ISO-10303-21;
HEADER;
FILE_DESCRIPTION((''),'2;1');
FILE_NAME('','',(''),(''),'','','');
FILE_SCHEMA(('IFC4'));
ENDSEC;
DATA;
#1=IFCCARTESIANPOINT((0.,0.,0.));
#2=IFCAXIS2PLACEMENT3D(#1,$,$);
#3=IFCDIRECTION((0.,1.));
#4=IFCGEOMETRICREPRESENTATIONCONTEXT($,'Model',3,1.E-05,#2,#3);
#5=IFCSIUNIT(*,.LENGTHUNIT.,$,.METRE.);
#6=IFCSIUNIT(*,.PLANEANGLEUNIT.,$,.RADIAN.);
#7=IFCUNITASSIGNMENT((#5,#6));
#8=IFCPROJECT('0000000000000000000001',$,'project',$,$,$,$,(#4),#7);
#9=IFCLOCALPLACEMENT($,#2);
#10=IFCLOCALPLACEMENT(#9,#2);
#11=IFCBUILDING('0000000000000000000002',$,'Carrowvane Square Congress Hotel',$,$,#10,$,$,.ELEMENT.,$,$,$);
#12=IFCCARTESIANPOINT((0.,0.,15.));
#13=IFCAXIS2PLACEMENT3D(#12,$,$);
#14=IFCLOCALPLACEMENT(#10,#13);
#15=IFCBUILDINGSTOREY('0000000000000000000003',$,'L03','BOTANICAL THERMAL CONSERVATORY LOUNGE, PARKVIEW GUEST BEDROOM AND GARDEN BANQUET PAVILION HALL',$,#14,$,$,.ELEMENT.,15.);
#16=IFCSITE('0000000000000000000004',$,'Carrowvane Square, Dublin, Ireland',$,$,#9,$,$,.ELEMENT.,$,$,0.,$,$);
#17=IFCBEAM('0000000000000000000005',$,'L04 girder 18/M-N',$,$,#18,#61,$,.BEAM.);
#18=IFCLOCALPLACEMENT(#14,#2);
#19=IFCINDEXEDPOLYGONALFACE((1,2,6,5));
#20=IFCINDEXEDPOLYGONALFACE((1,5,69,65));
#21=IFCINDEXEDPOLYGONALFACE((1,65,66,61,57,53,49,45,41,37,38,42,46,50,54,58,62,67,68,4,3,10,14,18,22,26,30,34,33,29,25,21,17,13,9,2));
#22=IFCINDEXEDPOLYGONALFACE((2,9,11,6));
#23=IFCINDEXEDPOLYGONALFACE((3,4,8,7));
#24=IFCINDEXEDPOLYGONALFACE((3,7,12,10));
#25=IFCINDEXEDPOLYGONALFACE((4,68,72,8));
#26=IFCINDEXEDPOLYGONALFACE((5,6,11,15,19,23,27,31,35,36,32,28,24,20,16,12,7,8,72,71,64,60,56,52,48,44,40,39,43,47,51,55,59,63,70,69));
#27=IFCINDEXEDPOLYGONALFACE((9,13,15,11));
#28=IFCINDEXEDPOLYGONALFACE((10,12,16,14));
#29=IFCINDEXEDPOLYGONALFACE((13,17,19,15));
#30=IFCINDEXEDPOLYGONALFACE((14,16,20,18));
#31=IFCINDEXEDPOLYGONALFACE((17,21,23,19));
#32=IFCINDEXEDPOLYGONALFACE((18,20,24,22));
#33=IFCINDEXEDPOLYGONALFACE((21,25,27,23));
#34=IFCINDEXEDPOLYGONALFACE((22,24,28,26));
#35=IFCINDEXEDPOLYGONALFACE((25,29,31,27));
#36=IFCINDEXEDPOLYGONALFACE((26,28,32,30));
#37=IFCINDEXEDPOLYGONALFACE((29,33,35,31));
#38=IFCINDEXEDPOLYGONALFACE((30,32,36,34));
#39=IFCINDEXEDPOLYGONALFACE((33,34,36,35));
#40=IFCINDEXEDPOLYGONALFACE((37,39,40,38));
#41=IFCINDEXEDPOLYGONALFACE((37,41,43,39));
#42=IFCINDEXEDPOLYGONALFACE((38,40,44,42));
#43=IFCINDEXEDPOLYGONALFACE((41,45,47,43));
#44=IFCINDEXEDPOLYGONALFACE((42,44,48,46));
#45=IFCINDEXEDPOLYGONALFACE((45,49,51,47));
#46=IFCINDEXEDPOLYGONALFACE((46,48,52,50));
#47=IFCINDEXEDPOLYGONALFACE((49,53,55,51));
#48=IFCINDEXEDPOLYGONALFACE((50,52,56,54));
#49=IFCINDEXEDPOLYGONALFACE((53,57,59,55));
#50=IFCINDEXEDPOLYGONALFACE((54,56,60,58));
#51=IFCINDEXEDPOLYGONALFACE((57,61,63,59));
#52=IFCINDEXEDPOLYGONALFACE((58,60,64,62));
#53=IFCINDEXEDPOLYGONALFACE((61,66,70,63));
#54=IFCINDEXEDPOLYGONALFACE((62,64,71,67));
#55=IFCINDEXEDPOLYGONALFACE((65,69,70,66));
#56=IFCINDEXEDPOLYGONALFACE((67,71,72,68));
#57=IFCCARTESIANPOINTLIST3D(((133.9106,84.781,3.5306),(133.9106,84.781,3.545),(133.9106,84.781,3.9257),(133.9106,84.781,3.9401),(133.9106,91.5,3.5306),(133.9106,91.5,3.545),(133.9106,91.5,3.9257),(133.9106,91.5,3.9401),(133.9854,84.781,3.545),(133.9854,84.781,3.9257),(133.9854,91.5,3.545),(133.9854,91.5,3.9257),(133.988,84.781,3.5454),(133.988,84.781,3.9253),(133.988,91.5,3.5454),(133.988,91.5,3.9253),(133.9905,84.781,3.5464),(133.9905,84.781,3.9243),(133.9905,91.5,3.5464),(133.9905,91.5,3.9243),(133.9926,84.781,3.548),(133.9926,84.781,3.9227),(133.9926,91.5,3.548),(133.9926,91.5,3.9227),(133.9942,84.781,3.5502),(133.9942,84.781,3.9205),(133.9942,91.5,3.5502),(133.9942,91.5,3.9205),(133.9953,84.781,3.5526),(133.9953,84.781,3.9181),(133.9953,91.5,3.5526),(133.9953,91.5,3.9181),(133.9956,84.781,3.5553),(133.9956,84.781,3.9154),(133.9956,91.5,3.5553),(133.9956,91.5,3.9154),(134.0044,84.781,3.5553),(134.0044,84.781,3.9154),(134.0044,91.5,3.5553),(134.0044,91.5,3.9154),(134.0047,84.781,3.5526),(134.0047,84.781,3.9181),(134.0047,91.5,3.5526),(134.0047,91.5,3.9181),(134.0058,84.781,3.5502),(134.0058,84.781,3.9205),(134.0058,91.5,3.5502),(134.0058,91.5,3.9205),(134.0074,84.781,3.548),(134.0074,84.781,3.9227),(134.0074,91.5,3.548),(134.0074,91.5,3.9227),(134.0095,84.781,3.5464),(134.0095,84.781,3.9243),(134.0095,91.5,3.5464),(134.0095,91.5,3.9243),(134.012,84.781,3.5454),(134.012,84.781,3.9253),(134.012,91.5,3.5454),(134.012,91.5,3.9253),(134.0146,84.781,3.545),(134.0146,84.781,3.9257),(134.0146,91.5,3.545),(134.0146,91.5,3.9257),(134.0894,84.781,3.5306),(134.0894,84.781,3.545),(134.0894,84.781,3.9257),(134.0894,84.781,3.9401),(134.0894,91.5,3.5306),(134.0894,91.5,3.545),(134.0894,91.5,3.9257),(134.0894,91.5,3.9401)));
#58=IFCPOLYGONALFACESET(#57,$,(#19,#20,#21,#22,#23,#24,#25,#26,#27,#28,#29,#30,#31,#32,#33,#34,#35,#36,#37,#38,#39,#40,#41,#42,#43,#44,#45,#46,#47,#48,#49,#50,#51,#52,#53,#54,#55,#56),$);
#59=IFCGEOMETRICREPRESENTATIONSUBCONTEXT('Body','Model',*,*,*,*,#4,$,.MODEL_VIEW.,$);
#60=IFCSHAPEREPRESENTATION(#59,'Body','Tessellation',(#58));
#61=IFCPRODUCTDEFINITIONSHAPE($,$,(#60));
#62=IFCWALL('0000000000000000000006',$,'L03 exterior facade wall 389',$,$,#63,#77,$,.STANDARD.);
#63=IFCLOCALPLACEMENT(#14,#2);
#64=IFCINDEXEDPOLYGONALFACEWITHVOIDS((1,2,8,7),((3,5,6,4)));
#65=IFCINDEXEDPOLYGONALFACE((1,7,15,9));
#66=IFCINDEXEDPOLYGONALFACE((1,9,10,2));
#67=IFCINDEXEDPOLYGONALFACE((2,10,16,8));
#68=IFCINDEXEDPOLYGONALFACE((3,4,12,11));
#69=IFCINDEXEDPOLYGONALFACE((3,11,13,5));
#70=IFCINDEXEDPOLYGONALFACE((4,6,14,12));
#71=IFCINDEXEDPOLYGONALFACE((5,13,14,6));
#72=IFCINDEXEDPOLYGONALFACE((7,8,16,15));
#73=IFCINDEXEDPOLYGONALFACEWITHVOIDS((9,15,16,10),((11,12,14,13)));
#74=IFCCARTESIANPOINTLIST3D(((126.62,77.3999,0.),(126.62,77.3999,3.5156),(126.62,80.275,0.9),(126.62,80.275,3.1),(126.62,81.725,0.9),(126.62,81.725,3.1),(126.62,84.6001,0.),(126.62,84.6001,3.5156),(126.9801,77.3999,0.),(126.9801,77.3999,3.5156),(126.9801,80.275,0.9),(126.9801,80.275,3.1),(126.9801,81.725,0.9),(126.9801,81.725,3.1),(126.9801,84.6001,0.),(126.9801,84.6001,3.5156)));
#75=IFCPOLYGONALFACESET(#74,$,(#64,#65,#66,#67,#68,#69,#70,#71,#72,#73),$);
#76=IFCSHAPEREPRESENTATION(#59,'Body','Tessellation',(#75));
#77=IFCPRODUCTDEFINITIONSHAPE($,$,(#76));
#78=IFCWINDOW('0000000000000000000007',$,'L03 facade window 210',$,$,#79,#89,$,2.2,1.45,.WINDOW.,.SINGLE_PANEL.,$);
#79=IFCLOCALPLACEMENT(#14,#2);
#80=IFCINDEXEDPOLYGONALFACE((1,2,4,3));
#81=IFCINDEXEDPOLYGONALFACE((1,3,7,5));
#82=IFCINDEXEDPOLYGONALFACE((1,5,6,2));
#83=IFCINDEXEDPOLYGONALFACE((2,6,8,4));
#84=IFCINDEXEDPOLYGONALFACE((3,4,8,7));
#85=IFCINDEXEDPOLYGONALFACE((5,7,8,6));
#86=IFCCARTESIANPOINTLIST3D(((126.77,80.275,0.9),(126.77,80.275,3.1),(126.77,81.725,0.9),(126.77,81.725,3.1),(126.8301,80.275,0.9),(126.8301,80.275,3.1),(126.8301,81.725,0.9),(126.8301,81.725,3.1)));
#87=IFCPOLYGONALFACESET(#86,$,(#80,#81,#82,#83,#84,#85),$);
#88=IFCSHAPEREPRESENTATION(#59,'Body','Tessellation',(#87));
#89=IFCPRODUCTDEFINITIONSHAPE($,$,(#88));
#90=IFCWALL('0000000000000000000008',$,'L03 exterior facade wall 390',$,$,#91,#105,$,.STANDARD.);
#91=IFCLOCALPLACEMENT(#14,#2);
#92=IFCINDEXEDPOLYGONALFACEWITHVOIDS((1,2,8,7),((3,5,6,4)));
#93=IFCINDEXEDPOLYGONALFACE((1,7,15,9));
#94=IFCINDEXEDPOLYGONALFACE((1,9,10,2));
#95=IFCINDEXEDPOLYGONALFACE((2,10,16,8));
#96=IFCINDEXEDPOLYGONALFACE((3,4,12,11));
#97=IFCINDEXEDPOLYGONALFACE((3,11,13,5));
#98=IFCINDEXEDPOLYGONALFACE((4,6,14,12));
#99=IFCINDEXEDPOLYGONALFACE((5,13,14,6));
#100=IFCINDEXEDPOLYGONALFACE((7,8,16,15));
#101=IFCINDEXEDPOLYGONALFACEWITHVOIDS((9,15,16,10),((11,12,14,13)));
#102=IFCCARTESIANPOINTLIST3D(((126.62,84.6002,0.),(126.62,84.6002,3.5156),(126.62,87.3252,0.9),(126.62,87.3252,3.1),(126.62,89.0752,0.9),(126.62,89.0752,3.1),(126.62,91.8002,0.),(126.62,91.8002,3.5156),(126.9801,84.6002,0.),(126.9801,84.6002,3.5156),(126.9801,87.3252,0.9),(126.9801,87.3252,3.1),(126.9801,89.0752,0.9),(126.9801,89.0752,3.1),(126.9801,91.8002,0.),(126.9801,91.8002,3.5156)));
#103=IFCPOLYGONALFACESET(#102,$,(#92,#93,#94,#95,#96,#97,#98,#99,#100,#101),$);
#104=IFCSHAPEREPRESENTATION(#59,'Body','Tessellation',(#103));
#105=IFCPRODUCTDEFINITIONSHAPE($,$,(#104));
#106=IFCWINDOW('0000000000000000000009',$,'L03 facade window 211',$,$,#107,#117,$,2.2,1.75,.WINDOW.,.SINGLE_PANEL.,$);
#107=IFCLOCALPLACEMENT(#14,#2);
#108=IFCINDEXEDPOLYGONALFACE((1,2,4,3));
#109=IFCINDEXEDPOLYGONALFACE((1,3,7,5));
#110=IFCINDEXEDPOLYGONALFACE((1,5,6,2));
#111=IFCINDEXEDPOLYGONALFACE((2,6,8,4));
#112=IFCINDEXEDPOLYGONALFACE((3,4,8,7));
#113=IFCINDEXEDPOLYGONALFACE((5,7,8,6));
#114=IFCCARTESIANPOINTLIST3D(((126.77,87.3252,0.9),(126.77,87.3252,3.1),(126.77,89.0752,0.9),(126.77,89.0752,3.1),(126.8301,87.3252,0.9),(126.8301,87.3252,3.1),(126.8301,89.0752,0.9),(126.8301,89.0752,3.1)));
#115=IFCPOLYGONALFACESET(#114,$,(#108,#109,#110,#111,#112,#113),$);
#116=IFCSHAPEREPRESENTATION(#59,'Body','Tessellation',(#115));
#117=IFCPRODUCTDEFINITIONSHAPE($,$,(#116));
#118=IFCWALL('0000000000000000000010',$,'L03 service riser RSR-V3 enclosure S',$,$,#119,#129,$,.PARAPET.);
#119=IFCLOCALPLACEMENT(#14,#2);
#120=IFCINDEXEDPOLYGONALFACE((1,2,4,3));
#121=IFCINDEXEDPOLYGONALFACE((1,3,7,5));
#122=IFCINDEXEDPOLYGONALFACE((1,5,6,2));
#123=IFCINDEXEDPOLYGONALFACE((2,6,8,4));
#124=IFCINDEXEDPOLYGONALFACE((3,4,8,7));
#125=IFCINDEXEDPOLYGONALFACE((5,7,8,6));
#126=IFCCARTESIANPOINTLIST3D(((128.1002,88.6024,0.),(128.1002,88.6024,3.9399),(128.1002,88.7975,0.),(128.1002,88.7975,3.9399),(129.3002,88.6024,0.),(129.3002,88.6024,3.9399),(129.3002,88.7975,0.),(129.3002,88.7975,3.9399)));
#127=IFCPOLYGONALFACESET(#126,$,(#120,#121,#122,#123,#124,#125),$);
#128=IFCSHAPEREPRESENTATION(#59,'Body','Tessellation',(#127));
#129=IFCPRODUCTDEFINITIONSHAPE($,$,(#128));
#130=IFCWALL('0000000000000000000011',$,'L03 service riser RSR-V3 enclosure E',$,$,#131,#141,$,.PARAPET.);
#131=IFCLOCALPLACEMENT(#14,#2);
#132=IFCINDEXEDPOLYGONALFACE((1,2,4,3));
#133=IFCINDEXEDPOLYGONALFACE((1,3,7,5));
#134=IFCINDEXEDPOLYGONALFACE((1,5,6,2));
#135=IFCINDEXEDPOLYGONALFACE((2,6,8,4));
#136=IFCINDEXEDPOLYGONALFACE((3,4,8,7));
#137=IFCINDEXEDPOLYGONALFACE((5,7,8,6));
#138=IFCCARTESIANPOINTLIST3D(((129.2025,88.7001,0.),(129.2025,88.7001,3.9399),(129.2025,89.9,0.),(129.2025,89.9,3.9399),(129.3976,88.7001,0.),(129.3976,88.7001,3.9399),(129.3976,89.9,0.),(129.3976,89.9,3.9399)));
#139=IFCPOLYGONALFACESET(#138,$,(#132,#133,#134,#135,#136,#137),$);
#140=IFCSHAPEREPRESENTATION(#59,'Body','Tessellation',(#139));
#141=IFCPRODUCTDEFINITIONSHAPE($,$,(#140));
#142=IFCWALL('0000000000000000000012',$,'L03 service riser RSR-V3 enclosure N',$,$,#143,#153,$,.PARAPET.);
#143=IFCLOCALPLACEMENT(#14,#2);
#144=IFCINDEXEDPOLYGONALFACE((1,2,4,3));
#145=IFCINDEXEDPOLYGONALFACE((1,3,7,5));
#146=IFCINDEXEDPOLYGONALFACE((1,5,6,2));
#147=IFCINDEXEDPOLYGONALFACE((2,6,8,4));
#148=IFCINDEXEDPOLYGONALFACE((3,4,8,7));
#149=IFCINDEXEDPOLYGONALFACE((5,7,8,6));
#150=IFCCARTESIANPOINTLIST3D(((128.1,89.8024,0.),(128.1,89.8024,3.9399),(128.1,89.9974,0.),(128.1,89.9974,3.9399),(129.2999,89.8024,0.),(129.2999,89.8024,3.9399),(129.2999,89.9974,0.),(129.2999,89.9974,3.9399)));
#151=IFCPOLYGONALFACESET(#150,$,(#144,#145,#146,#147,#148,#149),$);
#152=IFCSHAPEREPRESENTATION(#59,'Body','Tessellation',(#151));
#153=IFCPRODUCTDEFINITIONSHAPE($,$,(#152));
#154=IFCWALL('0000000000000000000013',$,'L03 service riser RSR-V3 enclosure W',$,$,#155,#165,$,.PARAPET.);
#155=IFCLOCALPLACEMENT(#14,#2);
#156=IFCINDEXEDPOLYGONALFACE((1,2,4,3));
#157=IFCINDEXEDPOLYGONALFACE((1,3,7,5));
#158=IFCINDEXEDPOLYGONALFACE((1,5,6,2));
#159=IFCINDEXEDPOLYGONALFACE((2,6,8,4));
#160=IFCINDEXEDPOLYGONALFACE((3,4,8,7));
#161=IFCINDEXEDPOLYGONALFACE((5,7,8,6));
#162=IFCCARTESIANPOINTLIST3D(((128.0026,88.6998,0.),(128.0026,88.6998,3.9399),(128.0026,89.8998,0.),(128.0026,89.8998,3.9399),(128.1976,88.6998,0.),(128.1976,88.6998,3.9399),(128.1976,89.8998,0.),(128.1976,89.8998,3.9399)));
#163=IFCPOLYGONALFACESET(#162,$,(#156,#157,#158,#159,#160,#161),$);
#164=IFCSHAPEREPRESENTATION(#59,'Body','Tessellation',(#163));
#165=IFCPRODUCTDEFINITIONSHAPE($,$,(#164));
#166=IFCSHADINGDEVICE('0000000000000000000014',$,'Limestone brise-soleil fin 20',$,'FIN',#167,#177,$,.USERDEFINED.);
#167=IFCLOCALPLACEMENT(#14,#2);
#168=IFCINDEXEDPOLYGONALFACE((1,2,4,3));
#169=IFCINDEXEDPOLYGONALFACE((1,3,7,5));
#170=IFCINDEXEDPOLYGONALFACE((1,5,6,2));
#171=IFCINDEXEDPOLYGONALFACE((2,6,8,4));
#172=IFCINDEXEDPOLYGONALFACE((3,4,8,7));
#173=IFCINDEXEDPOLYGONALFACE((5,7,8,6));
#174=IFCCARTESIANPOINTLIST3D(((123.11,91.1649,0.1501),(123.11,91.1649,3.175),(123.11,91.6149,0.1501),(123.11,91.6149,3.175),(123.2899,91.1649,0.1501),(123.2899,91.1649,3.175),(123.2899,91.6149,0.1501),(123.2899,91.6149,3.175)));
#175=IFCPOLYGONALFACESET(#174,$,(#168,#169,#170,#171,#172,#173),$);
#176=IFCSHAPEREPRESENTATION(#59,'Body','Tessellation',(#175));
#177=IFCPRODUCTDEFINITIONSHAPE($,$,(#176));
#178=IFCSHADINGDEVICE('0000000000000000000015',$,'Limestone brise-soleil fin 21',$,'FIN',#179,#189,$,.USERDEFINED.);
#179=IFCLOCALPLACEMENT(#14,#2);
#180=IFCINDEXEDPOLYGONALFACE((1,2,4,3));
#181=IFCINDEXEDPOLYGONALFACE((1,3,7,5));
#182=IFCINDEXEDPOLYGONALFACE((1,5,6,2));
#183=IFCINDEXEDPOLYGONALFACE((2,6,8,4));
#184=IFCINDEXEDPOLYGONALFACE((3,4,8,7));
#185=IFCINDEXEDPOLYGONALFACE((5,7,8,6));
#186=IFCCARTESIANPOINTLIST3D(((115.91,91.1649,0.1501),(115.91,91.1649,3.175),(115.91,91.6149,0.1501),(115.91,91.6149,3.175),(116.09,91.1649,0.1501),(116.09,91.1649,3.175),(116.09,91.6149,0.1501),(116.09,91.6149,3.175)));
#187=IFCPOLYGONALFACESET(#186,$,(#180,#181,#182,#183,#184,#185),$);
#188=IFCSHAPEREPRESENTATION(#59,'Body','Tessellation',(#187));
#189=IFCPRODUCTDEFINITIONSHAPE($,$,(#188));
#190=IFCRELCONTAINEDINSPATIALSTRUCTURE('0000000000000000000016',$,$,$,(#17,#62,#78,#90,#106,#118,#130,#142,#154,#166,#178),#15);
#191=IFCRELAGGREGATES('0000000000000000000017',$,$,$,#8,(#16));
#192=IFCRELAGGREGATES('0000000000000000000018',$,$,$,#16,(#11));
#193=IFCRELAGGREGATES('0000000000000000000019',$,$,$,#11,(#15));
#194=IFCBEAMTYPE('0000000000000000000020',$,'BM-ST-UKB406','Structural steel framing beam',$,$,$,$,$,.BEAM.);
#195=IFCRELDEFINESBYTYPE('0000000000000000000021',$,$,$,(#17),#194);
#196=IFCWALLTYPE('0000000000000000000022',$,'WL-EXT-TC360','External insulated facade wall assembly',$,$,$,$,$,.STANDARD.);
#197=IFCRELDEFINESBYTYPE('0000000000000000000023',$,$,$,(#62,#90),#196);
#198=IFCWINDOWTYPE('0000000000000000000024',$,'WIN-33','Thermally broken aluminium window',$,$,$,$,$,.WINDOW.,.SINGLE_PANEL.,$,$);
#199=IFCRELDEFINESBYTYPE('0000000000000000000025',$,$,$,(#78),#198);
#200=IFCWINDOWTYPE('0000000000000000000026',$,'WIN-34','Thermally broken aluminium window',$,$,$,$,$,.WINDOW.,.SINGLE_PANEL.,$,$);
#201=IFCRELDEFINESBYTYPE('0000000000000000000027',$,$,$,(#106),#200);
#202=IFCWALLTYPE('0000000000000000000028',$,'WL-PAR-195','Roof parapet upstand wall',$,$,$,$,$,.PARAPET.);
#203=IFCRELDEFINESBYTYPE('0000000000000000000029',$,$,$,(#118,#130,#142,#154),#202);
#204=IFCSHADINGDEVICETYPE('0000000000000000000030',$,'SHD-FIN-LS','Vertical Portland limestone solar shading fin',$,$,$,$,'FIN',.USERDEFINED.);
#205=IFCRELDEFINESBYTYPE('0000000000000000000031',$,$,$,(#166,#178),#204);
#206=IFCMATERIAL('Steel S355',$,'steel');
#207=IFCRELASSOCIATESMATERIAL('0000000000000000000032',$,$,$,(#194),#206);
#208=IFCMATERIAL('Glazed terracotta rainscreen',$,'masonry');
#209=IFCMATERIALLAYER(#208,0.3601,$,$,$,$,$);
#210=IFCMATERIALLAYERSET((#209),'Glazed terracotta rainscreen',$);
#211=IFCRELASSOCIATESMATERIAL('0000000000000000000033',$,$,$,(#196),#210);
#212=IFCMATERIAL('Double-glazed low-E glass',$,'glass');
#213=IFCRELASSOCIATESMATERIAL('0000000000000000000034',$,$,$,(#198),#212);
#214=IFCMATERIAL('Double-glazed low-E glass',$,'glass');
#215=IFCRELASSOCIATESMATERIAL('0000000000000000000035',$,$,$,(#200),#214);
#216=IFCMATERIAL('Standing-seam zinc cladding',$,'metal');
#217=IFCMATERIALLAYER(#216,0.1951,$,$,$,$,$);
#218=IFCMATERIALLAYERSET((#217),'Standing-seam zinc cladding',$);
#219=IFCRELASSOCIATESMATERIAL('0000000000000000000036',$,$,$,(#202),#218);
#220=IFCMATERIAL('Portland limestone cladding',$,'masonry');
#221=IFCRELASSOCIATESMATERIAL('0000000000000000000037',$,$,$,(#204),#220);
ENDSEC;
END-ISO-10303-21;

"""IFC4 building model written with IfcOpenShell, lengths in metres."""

from ifc_helpers import new_model, si_unit, direction, frame, frame_2d, origin, origin_2d, place, context, subcontext, project, spatial, rectangle, i_section, extrude, material, layer, layer_set, material_profile, profile_set, type_object, element, fill, save


model = new_model("IFC4")

# Units and contexts
model_context = context("Model", 3, precision=1e-05, world=origin(), true_north=direction((0.0, 1.0)))
body_context = subcontext(model_context, "Body", "Model", "MODEL_VIEW")
ifc_project = project(units=[si_unit("LENGTHUNIT", "METRE"), si_unit("PLANEANGLEUNIT", "RADIAN")], contexts=[model_context])

# Site, building, storey
site_placement = place(None, origin())
site = spatial("IfcSite", under=ifc_project, at=site_placement, Name="Carrowvane Square, Dublin, Ireland", CompositionType="ELEMENT", RefElevation=0.0)
building_placement = place(site_placement, origin())
building = spatial("IfcBuilding", under=site, at=building_placement, Name="Carrowvane Square Congress Hotel", CompositionType="ELEMENT")
storey_placement = place(building_placement, frame((0.0, 0.0, 15.0)))
storey = spatial("IfcBuildingStorey", under=building, at=storey_placement, Name="L03", Description="BOTANICAL THERMAL CONSERVATORY LOUNGE, PARKVIEW GUEST BEDROOM AND GARDEN BANQUET PAVILION HALL", CompositionType="ELEMENT", Elevation=15.0)

# Beam
ifc_material_1 = material(Name="Steel S355", Category="steel")
ifc_material_profile_1 = material_profile(ifc_material_1, i_section(OverallWidth=0.1787, OverallDepth=0.4094, WebThickness=0.0088, FlangeThickness=0.0144, FilletRadius=0.0103, at=origin_2d()), Name="UKB 406x178x67")
ifc_profile_set_1 = profile_set([ifc_material_profile_1], Name="Steel S355")
beam_type_1 = type_object("IfcBeamType", Name="BM-ST-UKB406", Description="Structural steel framing beam", PredefinedType="BEAM", material=ifc_profile_set_1)
beam_1_placement = place(storey_placement, frame((134.0, 84.781, 3.7354), z_axis=(0.0, 1.0, 0.0), x_axis=(-1.0, 0.0, 0.0)))
element("IfcBeam", 1, at=beam_1_placement, inside=storey, type_object=beam_type_1, Name="L04 girder 18/M-N", PredefinedType="BEAM", context=body_context, shape_type="SweptSolid", body=[
    extrude(i_section(OverallWidth=0.1787, OverallDepth=0.4094, WebThickness=0.0088, FlangeThickness=0.0144, FilletRadius=0.0103, at=origin_2d()), origin(), (0.0, 0.0, 1.0), 6.719),
])

# Walls, openings, windows
ifc_material_2 = material(Name="Glazed terracotta rainscreen", Category="masonry")
ifc_layer_1 = layer(ifc_material_2, 0.3601)
ifc_layer_set_1 = layer_set([ifc_layer_1], Name="Glazed terracotta rainscreen")
wall_type_1 = type_object("IfcWallType", Name="WL-EXT-TC360", Description="External insulated facade wall assembly", PredefinedType="STANDARD", material=ifc_layer_set_1)
wall_1_placement = place(storey_placement, frame((126.8, 77.3999, 0.0), z_axis=(0.0, 0.0, 1.0), x_axis=(0.0, 1.0, 0.0)))
wall_1 = element("IfcWall", 2, at=wall_1_placement, inside=storey, type_object=wall_type_1, Name="L03 exterior facade wall 389", PredefinedType="STANDARD", context=body_context, shape_type="SweptSolid", body=[
    extrude(rectangle(XDim=7.2002, YDim=0.3601, at=frame_2d((3.6001, 0.0))), origin(), (0.0, 0.0, 1.0), 3.5156),
])
opening_1_placement = place(wall_1_placement, frame((2.875, 0.0, 0.8999)))
opening_1 = element("IfcOpeningElement", 3, at=opening_1_placement, cuts=wall_1, PredefinedType="OPENING", context=body_context, shape_type="SweptSolid", body=[
    extrude(rectangle(XDim=1.45, YDim=2.2, at=frame_2d((0.7251, 1.1001))), frame((0.0, 0.1899, 0.0), z_axis=(0.0, -1.0, 0.0), x_axis=(1.0, 0.0, 0.0)), (0.0, 0.0, 1.0), 0.3801),
])
ifc_material_3 = material(Name="Double-glazed low-E glass", Category="glass")
window_type_1 = type_object("IfcWindowType", Name="WIN-33", Description="Thermally broken aluminium window", PartitioningType="SINGLE_PANEL", PredefinedType="WINDOW", material=ifc_material_3)
window_1_placement = place(opening_1_placement, origin())
window_1 = element("IfcWindow", 4, at=window_1_placement, inside=storey, type_object=window_type_1, Name="L03 facade window 210", OverallHeight=2.2, OverallWidth=1.45, PartitioningType="SINGLE_PANEL", PredefinedType="WINDOW", context=body_context, shape_type="SweptSolid", body=[
    extrude(rectangle(XDim=1.45, YDim=2.2, at=frame_2d((0.7251, 1.1001))), frame((0.0, 0.03, 0.0), z_axis=(0.0, -1.0, 0.0), x_axis=(1.0, 0.0, 0.0)), (0.0, 0.0, 1.0), 0.0601),
])
fill(opening_1, window_1)
wall_2_placement = place(storey_placement, frame((126.8, 84.6001, 0.0), z_axis=(0.0, 0.0, 1.0), x_axis=(0.0, 1.0, 0.0)))
wall_2 = element("IfcWall", 5, at=wall_2_placement, inside=storey, type_object=wall_type_1, Name="L03 exterior facade wall 390", PredefinedType="STANDARD", context=body_context, shape_type="SweptSolid", body=[
    extrude(rectangle(XDim=7.2, YDim=0.3601, at=frame_2d((3.6001, 0.0))), origin(), (0.0, 0.0, 1.0), 3.5156),
])
opening_2_placement = place(wall_2_placement, frame((2.7251, 0.0, 0.8999)))
opening_2 = element("IfcOpeningElement", 6, at=opening_2_placement, cuts=wall_2, PredefinedType="OPENING", context=body_context, shape_type="SweptSolid", body=[
    extrude(rectangle(XDim=1.75, YDim=2.2, at=frame_2d((0.875, 1.1001))), frame((0.0, 0.1899, 0.0), z_axis=(0.0, -1.0, 0.0), x_axis=(1.0, 0.0, 0.0)), (0.0, 0.0, 1.0), 0.3801),
])
ifc_material_4 = material(Name="Double-glazed low-E glass", Category="glass")
window_type_2 = type_object("IfcWindowType", Name="WIN-34", Description="Thermally broken aluminium window", PartitioningType="SINGLE_PANEL", PredefinedType="WINDOW", material=ifc_material_4)
window_2_placement = place(opening_2_placement, origin())
window_2 = element("IfcWindow", 7, at=window_2_placement, inside=storey, type_object=window_type_2, Name="L03 facade window 211", OverallHeight=2.2, OverallWidth=1.75, PartitioningType="SINGLE_PANEL", PredefinedType="WINDOW", context=body_context, shape_type="SweptSolid", body=[
    extrude(rectangle(XDim=1.75, YDim=2.2, at=frame_2d((0.875, 1.1001))), frame((0.0, 0.03, 0.0), z_axis=(0.0, -1.0, 0.0), x_axis=(1.0, 0.0, 0.0)), (0.0, 0.0, 1.0), 0.0601),
])
fill(opening_2, window_2)

# Walls
ifc_material_5 = material(Name="Standing-seam zinc cladding", Category="metal")
ifc_layer_2 = layer(ifc_material_5, 0.1951)
ifc_layer_set_2 = layer_set([ifc_layer_2], Name="Standing-seam zinc cladding")
wall_type_2 = type_object("IfcWallType", Name="WL-PAR-195", Description="Roof parapet upstand wall", PredefinedType="PARAPET", material=ifc_layer_set_2)
for number, where, z_axis, x_axis, name in (
    (8, (128.1001, 88.7, 0.0), (0.0, 0.0, 1.0), (1.0, 0.0, 0.0), "L03 service riser RSR-V3 enclosure S"),
    (9, (129.3, 88.7, 0.0), (0.0, 0.0, 1.0), (0.0, 1.0, 0.0), "L03 service riser RSR-V3 enclosure E"),
    (10, (129.3, 89.8999, 0.0), (0.0, 0.0, 1.0), (-1.0, 0.0, 0.0), "L03 service riser RSR-V3 enclosure N"),
    (11, (128.1001, 89.8999, 0.0), (0.0, 0.0, 1.0), (0.0, -1.0, 0.0), "L03 service riser RSR-V3 enclosure W"),
):
    element("IfcWall", number, at=place(storey_placement, frame(where, z_axis=z_axis, x_axis=x_axis)), inside=storey, type_object=wall_type_2, Name=name, PredefinedType="PARAPET", context=body_context, shape_type="SweptSolid", body=[
        extrude(rectangle(XDim=1.2, YDim=0.1951, at=frame_2d((0.6001, 0.0))), origin(), (0.0, 0.0, 1.0), 3.9399),
    ])

# Shading devices
ifc_material_6 = material(Name="Portland limestone cladding", Category="masonry")
shading_device_type = type_object("IfcShadingDeviceType", Name="SHD-FIN-LS", Description="Vertical Portland limestone solar shading fin", ElementType="FIN", PredefinedType="USERDEFINED", material=ifc_material_6)
for number, where, z_axis, x_axis, name in (
    (12, (123.2, 91.3899, 0.1501), (0.0, 0.0, 1.0), (-1.0, 0.0, 0.0), "Limestone brise-soleil fin 20"),
    (13, (116.0, 91.3899, 0.1501), (0.0, 0.0, 1.0), (-1.0, 0.0, 0.0), "Limestone brise-soleil fin 21"),
):
    element("IfcShadingDevice", number, at=place(storey_placement, frame(where, z_axis=z_axis, x_axis=x_axis)), inside=storey, type_object=shading_device_type, Name=name, ObjectType="FIN", PredefinedType="USERDEFINED", context=body_context, shape_type="SweptSolid", body=[
        extrude(rectangle(XDim=0.1799, YDim=0.45, at=origin_2d()), origin(), (0.0, 0.0, 1.0), 3.0249),
    ])

save(model, "model.ifc")
